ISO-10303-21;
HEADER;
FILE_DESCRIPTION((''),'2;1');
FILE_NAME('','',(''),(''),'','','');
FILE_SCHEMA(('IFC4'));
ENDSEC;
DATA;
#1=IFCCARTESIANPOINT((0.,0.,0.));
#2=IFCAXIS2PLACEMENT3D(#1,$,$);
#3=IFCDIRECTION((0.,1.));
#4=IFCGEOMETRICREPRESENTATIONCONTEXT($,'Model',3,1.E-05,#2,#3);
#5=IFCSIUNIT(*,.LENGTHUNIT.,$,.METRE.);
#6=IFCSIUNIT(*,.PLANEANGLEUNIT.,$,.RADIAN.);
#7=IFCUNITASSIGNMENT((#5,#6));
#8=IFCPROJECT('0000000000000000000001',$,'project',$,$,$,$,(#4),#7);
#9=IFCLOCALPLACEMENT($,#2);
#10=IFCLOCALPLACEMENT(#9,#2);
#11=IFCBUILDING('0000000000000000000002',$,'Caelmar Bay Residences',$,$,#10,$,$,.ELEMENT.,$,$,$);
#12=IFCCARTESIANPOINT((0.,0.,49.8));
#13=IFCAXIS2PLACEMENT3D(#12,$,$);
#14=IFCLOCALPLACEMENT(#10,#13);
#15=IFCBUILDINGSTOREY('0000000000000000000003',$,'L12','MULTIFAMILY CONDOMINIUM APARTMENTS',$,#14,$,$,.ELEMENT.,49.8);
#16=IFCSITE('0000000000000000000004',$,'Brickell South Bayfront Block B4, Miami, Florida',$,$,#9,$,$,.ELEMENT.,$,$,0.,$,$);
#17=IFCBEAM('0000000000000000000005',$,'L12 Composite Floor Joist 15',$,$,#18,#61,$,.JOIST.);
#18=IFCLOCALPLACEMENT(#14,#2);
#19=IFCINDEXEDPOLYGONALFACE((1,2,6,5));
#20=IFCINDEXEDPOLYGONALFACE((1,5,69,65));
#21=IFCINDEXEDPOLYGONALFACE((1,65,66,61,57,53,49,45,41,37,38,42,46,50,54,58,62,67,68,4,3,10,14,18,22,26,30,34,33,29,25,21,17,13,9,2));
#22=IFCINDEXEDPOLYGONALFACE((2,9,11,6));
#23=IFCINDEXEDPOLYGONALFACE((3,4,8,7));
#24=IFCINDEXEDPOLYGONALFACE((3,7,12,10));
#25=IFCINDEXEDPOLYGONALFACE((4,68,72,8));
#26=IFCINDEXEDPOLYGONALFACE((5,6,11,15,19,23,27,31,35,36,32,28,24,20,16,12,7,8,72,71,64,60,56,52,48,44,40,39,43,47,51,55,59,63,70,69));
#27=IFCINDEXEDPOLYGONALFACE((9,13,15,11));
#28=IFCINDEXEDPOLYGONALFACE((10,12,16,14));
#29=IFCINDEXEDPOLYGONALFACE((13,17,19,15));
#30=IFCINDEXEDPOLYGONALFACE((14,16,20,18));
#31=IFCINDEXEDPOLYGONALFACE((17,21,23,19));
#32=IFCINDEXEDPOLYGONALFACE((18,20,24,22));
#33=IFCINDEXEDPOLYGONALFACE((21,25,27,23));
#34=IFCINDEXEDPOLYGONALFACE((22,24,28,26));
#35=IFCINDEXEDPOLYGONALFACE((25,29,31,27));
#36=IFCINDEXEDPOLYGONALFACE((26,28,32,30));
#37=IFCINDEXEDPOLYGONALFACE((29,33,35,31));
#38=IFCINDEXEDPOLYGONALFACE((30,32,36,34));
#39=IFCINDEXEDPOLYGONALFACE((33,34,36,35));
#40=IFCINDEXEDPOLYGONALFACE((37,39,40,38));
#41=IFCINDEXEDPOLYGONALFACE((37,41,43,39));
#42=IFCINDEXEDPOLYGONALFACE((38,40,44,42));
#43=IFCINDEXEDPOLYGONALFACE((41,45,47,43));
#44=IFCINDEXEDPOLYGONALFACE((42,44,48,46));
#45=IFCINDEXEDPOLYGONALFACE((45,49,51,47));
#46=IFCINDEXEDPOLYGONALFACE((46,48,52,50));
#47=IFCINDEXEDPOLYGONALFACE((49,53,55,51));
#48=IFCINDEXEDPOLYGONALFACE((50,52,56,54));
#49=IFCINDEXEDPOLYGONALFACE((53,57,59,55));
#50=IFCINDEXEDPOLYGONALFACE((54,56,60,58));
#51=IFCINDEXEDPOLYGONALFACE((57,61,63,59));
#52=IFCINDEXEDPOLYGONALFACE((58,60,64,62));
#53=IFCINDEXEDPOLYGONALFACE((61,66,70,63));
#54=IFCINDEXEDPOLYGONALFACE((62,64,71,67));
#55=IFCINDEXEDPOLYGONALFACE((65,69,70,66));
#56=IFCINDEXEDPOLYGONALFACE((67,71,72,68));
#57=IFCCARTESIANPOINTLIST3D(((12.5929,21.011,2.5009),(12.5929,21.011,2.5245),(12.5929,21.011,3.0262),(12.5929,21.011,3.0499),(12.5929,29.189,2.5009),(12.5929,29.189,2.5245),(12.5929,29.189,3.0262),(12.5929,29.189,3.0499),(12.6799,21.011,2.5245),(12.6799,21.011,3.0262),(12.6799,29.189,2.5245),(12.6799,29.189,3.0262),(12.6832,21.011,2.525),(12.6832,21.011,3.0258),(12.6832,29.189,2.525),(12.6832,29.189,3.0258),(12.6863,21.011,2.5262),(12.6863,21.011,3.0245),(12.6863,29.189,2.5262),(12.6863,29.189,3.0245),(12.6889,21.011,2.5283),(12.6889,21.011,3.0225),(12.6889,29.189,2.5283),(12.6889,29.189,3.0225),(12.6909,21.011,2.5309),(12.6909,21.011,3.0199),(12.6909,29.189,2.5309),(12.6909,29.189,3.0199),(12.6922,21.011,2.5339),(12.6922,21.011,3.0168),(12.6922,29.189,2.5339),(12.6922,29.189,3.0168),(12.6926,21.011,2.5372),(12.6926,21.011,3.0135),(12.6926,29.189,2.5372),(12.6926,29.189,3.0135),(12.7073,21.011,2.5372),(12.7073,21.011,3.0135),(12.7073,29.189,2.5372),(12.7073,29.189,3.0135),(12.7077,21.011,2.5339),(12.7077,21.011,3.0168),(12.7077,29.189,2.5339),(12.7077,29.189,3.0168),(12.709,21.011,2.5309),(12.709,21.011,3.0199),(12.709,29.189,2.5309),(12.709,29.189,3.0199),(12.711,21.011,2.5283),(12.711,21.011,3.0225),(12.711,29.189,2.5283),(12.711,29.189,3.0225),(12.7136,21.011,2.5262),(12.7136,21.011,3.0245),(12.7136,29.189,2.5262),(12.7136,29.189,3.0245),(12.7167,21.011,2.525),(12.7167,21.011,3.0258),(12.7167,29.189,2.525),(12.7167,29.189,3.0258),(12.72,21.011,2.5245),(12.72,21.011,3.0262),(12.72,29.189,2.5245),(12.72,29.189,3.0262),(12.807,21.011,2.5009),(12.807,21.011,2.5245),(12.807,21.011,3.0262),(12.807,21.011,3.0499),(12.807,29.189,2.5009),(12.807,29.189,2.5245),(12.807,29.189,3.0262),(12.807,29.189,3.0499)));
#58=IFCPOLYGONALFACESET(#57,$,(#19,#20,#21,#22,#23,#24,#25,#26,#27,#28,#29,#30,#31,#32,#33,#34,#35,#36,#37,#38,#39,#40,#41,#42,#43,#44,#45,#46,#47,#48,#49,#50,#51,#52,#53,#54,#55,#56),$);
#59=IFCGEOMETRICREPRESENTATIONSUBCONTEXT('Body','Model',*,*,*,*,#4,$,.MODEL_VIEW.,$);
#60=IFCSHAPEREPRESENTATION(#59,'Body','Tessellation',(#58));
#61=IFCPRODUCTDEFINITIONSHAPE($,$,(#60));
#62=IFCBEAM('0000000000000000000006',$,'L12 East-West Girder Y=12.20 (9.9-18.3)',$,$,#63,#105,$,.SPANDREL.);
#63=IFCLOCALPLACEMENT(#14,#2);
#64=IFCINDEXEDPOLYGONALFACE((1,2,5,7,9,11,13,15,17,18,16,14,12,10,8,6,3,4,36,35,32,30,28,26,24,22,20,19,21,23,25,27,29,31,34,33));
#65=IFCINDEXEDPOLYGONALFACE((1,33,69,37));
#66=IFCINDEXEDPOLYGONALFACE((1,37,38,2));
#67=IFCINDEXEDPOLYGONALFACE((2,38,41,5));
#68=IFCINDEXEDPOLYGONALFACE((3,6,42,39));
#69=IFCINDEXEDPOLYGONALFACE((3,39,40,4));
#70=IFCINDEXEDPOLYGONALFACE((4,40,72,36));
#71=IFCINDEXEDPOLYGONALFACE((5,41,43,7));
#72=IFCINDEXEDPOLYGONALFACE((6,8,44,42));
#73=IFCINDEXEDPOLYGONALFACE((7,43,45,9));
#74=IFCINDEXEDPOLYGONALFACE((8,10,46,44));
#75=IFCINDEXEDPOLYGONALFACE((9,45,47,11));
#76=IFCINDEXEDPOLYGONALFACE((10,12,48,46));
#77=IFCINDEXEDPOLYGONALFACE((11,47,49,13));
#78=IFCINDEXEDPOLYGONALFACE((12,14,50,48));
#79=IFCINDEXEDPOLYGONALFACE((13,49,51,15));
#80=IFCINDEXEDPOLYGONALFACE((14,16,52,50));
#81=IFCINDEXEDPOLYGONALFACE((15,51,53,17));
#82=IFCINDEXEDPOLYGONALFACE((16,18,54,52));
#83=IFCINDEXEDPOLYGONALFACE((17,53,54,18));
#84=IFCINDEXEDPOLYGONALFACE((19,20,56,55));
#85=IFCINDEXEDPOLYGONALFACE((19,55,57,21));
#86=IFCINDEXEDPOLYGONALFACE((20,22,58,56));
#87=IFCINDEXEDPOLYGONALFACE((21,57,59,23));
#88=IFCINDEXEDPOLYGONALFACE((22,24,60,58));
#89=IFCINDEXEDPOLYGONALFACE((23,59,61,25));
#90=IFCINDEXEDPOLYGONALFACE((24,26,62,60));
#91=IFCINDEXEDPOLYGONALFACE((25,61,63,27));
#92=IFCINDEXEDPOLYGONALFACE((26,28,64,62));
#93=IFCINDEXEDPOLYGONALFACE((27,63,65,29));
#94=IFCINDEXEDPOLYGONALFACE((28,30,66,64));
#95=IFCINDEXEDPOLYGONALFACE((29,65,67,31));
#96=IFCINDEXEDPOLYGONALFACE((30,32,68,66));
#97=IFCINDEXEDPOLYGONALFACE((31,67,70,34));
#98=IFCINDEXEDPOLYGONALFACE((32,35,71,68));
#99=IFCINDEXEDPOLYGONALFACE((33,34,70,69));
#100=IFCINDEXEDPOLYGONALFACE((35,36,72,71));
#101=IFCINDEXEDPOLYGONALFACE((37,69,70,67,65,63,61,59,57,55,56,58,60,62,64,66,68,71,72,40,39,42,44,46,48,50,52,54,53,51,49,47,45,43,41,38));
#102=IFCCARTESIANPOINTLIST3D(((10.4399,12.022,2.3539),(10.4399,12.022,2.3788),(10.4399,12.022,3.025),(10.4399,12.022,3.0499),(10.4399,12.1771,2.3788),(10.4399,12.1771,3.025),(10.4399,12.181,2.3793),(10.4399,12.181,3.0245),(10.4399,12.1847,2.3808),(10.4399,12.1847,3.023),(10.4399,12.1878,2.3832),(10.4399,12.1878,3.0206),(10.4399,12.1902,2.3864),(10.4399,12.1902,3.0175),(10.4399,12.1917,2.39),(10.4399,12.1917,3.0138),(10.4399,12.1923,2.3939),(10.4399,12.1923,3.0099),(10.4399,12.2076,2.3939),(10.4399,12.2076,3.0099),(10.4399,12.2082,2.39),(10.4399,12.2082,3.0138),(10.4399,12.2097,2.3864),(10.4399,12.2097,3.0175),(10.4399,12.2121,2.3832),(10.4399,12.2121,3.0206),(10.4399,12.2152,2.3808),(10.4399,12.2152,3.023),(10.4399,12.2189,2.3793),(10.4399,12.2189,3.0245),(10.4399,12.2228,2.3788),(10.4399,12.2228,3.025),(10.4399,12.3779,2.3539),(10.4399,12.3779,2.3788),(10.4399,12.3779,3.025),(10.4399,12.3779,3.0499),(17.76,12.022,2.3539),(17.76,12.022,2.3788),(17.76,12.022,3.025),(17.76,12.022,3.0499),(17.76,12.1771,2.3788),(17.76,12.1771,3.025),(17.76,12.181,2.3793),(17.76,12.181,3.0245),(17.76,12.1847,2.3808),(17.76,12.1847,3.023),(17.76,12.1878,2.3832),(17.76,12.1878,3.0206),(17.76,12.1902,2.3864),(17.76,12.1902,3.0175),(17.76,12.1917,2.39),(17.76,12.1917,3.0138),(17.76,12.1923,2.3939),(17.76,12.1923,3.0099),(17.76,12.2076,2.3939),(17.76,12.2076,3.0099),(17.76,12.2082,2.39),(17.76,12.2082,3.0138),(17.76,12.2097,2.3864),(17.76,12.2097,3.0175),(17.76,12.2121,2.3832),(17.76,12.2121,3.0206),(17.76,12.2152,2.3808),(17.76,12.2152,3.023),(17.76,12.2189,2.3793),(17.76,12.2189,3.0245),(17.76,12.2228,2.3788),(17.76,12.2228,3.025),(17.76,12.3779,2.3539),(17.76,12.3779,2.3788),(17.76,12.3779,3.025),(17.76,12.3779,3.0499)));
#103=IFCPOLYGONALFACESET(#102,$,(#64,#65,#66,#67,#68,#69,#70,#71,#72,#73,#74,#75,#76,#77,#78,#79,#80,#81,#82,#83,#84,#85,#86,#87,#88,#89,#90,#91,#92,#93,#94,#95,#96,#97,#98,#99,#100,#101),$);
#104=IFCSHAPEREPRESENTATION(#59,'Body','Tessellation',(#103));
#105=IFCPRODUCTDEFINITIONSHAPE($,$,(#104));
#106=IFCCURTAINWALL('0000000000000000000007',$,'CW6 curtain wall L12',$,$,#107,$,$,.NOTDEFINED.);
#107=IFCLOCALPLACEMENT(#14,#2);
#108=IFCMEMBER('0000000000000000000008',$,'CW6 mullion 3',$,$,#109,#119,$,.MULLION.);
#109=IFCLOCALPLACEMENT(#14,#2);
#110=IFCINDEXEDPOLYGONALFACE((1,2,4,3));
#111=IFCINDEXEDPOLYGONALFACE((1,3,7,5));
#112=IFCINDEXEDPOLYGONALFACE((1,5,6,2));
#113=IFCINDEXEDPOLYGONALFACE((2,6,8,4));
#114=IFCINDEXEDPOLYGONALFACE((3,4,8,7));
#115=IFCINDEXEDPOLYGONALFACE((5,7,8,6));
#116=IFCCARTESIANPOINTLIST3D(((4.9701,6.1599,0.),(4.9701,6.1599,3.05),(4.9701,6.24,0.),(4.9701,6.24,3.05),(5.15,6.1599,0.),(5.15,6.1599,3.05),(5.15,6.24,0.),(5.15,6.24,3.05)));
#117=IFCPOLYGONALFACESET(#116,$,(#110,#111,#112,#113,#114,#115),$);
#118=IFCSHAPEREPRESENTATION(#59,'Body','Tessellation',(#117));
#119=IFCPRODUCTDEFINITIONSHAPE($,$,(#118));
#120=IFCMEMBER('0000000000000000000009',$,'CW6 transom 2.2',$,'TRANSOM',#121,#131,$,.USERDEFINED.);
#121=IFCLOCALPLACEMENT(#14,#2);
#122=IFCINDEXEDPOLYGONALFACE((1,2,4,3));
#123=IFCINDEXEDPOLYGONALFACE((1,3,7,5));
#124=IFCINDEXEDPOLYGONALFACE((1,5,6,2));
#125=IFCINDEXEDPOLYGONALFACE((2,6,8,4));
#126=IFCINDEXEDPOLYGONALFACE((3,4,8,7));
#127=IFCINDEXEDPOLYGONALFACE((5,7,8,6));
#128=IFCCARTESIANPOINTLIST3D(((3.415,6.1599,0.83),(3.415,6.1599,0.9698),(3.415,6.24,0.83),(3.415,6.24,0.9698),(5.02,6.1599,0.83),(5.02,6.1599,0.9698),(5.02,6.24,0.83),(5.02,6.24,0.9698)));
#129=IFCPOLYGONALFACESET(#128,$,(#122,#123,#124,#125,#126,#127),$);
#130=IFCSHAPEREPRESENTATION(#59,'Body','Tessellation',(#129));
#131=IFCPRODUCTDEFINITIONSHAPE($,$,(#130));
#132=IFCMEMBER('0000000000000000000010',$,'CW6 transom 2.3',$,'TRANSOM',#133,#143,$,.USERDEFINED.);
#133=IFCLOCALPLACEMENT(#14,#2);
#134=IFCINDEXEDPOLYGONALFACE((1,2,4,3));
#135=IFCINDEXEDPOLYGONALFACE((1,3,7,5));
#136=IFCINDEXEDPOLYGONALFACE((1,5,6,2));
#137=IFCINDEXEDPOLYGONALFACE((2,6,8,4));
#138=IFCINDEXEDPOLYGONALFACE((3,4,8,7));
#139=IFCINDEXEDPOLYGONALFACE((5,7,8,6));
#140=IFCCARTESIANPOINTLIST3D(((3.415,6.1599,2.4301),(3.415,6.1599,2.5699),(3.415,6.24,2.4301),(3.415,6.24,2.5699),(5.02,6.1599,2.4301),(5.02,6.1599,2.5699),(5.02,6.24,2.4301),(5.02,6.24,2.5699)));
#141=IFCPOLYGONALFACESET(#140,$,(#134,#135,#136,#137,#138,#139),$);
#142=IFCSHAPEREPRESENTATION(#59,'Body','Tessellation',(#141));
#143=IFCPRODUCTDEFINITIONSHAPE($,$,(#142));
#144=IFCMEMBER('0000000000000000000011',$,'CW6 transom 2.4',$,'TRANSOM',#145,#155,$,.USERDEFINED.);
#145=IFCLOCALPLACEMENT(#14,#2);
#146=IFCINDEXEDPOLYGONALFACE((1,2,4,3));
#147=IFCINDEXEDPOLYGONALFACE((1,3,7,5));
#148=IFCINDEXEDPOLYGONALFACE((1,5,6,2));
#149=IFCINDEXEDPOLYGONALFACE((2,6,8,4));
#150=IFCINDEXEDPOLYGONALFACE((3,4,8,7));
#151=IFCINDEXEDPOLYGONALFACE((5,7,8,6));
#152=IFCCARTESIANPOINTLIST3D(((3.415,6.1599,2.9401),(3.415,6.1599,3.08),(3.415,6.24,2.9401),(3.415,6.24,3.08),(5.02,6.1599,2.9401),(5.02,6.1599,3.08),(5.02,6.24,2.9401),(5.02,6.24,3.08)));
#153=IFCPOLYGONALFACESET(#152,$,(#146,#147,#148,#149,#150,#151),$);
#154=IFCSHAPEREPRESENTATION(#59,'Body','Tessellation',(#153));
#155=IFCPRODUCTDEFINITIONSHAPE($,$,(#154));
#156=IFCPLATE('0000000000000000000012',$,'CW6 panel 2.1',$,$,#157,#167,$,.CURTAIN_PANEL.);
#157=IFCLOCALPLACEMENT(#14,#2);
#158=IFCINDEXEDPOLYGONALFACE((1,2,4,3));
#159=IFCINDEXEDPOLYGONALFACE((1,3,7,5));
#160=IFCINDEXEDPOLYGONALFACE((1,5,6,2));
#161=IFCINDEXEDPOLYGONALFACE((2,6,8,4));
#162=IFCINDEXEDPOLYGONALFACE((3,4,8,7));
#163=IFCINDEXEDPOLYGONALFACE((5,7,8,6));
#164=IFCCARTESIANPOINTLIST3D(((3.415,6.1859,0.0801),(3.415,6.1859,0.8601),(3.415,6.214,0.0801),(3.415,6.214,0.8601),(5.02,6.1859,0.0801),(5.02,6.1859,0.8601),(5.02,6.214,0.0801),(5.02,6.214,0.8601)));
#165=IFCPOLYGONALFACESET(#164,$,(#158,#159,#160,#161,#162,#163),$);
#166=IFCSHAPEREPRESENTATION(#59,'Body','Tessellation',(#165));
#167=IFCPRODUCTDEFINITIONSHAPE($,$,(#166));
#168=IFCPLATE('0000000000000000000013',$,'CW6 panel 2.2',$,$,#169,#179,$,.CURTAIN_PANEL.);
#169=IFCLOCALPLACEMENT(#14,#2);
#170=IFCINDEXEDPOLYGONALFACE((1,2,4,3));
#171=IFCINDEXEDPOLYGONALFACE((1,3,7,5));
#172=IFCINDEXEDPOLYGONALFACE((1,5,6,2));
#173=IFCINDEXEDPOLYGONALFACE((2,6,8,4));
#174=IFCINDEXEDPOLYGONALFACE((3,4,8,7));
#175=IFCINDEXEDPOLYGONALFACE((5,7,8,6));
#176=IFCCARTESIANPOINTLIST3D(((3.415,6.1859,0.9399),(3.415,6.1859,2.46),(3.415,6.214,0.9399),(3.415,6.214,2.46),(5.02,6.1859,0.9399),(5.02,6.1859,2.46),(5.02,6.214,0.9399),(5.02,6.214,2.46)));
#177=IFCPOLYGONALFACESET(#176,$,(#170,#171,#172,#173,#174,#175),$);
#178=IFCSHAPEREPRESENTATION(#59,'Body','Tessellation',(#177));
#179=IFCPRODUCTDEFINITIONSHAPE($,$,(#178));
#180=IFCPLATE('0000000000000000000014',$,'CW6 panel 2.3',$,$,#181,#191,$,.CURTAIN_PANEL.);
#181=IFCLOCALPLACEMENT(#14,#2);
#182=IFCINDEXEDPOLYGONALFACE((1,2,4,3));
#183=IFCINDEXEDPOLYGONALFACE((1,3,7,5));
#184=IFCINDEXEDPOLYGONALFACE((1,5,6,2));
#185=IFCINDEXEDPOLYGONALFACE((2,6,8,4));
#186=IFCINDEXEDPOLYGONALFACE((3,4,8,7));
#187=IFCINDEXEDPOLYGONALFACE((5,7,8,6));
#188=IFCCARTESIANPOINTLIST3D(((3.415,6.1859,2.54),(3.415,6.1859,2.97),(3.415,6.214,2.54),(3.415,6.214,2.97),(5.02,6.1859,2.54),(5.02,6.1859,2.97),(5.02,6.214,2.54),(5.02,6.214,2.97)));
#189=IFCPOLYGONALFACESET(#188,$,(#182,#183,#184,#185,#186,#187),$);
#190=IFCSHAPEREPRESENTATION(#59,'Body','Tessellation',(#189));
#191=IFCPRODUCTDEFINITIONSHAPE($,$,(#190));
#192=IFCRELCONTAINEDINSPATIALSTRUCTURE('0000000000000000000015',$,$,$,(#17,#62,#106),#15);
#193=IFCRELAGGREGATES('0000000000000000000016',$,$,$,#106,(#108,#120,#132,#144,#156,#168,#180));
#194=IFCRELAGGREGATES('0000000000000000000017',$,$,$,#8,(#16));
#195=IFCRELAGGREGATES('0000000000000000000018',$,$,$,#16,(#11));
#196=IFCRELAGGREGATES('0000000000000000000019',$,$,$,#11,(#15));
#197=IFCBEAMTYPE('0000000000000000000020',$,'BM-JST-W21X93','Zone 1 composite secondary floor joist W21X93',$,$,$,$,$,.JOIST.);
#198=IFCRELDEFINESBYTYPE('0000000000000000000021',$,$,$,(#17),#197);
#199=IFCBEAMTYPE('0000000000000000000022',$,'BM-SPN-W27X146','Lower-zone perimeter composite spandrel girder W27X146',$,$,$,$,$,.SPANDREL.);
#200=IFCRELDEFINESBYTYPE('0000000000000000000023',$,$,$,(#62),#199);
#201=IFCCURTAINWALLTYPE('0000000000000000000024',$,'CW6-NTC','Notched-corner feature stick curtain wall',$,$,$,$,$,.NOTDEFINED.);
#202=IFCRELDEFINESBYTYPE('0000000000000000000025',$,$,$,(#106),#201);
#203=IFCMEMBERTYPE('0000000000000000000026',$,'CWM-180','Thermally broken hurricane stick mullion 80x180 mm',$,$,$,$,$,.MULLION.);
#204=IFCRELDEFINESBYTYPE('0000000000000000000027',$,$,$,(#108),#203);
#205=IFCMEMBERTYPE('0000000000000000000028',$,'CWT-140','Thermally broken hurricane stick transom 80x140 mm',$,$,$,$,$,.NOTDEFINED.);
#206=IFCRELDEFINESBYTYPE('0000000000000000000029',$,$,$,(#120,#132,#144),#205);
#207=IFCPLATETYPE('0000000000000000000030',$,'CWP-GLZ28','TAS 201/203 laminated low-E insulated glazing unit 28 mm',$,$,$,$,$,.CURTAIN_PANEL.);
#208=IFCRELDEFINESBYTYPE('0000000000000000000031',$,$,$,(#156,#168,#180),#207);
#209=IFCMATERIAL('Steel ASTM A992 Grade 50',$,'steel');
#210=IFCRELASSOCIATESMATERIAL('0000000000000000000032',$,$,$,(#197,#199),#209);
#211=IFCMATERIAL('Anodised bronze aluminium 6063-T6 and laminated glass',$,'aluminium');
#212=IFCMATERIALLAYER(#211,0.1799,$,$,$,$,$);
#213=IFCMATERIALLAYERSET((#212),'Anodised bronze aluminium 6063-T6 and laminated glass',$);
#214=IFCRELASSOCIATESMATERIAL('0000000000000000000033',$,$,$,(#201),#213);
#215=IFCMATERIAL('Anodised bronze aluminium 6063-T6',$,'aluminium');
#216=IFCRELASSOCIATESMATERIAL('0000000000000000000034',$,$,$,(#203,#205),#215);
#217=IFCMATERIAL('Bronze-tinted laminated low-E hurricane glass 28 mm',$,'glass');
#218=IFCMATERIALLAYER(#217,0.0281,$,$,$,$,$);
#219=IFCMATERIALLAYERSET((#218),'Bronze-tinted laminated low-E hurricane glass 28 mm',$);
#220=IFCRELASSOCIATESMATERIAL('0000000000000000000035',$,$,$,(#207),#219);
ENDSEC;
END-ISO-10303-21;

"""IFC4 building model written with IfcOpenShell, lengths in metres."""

from ifc_helpers import new_model, si_unit, direction, frame, origin, origin_2d, place, context, subcontext, project, spatial, rectangle, i_section, extrude, material, layer, layer_set, material_profile, profile_set, type_object, element, aggregate, save


model = new_model("IFC4")

# Units and contexts
model_context = context("Model", 3, precision=1e-05, world=origin(), true_north=direction((0.0, 1.0)))
body_context = subcontext(model_context, "Body", "Model", "MODEL_VIEW")
ifc_project = project(units=[si_unit("LENGTHUNIT", "METRE"), si_unit("PLANEANGLEUNIT", "RADIAN")], contexts=[model_context])

# Site, building, storey
site_placement = place(None, origin())
site = spatial("IfcSite", under=ifc_project, at=site_placement, Name="Brickell South Bayfront Block B4, Miami, Florida", CompositionType="ELEMENT", RefElevation=0.0)
building_placement = place(site_placement, origin())
building = spatial("IfcBuilding", under=site, at=building_placement, Name="Caelmar Bay Residences", CompositionType="ELEMENT")
storey_placement = place(building_placement, frame((0.0, 0.0, 49.8)))
storey = spatial("IfcBuildingStorey", under=building, at=storey_placement, Name="L12", Description="MULTIFAMILY CONDOMINIUM APARTMENTS", CompositionType="ELEMENT", Elevation=49.8)

# Beams
ifc_material_1 = material(Name="Steel ASTM A992 Grade 50", Category="steel")
ifc_material_profile_1 = material_profile(ifc_material_1, i_section(OverallWidth=0.2141, OverallDepth=0.5491, WebThickness=0.0146, FlangeThickness=0.0237, FilletRadius=0.0127, at=origin_2d()), Name="W21X93")
ifc_profile_set_1 = profile_set([ifc_material_profile_1], Name="Steel ASTM A992 Grade 50")
beam_type_1 = type_object("IfcBeamType", Name="BM-JST-W21X93", Description="Zone 1 composite secondary floor joist W21X93", PredefinedType="JOIST", material=ifc_profile_set_1)
beam_1_placement = place(storey_placement, frame((12.7, 21.011, 2.7754), z_axis=(0.0, 1.0, 0.0), x_axis=(-1.0, 0.0, 0.0)))
element("IfcBeam", 1, at=beam_1_placement, inside=storey, type_object=beam_type_1, Name="L12 Composite Floor Joist 15", PredefinedType="JOIST", context=body_context, shape_type="SweptSolid", body=[
    extrude(i_section(OverallWidth=0.2141, OverallDepth=0.5491, WebThickness=0.0146, FlangeThickness=0.0237, FilletRadius=0.0127, at=origin_2d()), origin(), (0.0, 0.0, 1.0), 8.178),
])
ifc_material_profile_2 = material_profile(ifc_material_1, i_section(OverallWidth=0.356, OverallDepth=0.696, WebThickness=0.0154, FlangeThickness=0.0249, FilletRadius=0.0151, at=origin_2d()), Name="W27X146")
ifc_profile_set_2 = profile_set([ifc_material_profile_2], Name="Steel ASTM A992 Grade 50")
beam_type_2 = type_object("IfcBeamType", Name="BM-SPN-W27X146", Description="Lower-zone perimeter composite spandrel girder W27X146", PredefinedType="SPANDREL", material=ifc_profile_set_2)
beam_2_placement = place(storey_placement, frame((10.4399, 12.2, 2.7019), z_axis=(1.0, 0.0, 0.0), x_axis=(0.0, 1.0, 0.0)))
element("IfcBeam", 2, at=beam_2_placement, inside=storey, type_object=beam_type_2, Name="L12 East-West Girder Y=12.20 (9.9-18.3)", PredefinedType="SPANDREL", context=body_context, shape_type="SweptSolid", body=[
    extrude(i_section(OverallWidth=0.356, OverallDepth=0.696, WebThickness=0.0154, FlangeThickness=0.0249, FilletRadius=0.0151, at=origin_2d()), origin(), (0.0, 0.0, 1.0), 7.3201),
])

# Curtain wall, members, plates
ifc_material_2 = material(Name="Anodised bronze aluminium 6063-T6 and laminated glass", Category="aluminium")
ifc_layer_1 = layer(ifc_material_2, 0.1799)
ifc_layer_set_1 = layer_set([ifc_layer_1], Name="Anodised bronze aluminium 6063-T6 and laminated glass")
curtain_wall_type = type_object("IfcCurtainWallType", Name="CW6-NTC", Description="Notched-corner feature stick curtain wall", PredefinedType="NOTDEFINED", material=ifc_layer_set_1)
curtain_wall_placement = place(storey_placement, origin())
curtain_wall = element("IfcCurtainWall", 3, at=curtain_wall_placement, inside=storey, type_object=curtain_wall_type, Name="CW6 curtain wall L12", PredefinedType="NOTDEFINED")
ifc_material_3 = material(Name="Anodised bronze aluminium 6063-T6", Category="aluminium")
ifc_material_profile_3 = material_profile(ifc_material_3, rectangle(XDim=0.0801, YDim=0.1799, at=origin_2d()), Name="CWM-80X180")
ifc_profile_set_3 = profile_set([ifc_material_profile_3], Name="Anodised bronze aluminium 6063-T6")
member_type_1 = type_object("IfcMemberType", Name="CWM-180", Description="Thermally broken hurricane stick mullion 80x180 mm", PredefinedType="MULLION", material=ifc_profile_set_3)
member_1_placement = place(storey_placement, frame((5.0601, 6.2, 0.0), z_axis=(0.0, 0.0, 1.0), x_axis=(0.0, 1.0, 0.0)))
member_1 = element("IfcMember", 4, at=member_1_placement, type_object=member_type_1, Name="CW6 mullion 3", PredefinedType="MULLION", context=body_context, shape_type="SweptSolid", body=[
    extrude(rectangle(XDim=0.0801, YDim=0.1799, at=origin_2d()), origin(), (0.0, 0.0, 1.0), 3.05),
])
ifc_material_profile_4 = material_profile(ifc_material_3, rectangle(XDim=0.0801, YDim=0.1399, at=origin_2d()), Name="CWT-80X140")
ifc_profile_set_4 = profile_set([ifc_material_profile_4], Name="Anodised bronze aluminium 6063-T6")
member_type_2 = type_object("IfcMemberType", Name="CWT-140", Description="Thermally broken hurricane stick transom 80x140 mm", PredefinedType="NOTDEFINED", material=ifc_profile_set_4)
member_2_placement = place(storey_placement, frame((3.415, 6.2, 0.8999), z_axis=(1.0, 0.0, 0.0), x_axis=(0.0, 1.0, 0.0)))
member_2 = element("IfcMember", 5, at=member_2_placement, type_object=member_type_2, Name="CW6 transom 2.2", ObjectType="TRANSOM", PredefinedType="USERDEFINED", context=body_context, shape_type="SweptSolid", body=[
    extrude(rectangle(XDim=0.0801, YDim=0.1399, at=origin_2d()), origin(), (0.0, 0.0, 1.0), 1.605),
])
member_3_placement = place(storey_placement, frame((3.415, 6.2, 2.5), z_axis=(1.0, 0.0, 0.0), x_axis=(0.0, 1.0, 0.0)))
member_3 = element("IfcMember", 6, at=member_3_placement, type_object=member_type_2, Name="CW6 transom 2.3", ObjectType="TRANSOM", PredefinedType="USERDEFINED", context=body_context, shape_type="SweptSolid", body=[
    extrude(rectangle(XDim=0.0801, YDim=0.1399, at=origin_2d()), origin(), (0.0, 0.0, 1.0), 1.605),
])
member_4_placement = place(storey_placement, frame((3.415, 6.2, 3.01), z_axis=(1.0, 0.0, 0.0), x_axis=(0.0, 1.0, 0.0)))
member_4 = element("IfcMember", 7, at=member_4_placement, type_object=member_type_2, Name="CW6 transom 2.4", ObjectType="TRANSOM", PredefinedType="USERDEFINED", context=body_context, shape_type="SweptSolid", body=[
    extrude(rectangle(XDim=0.0801, YDim=0.1399, at=origin_2d()), origin(), (0.0, 0.0, 1.0), 1.605),
])
ifc_material_4 = material(Name="Bronze-tinted laminated low-E hurricane glass 28 mm", Category="glass")
ifc_layer_2 = layer(ifc_material_4, 0.0281)
ifc_layer_set_2 = layer_set([ifc_layer_2], Name="Bronze-tinted laminated low-E hurricane glass 28 mm")
plate_type = type_object("IfcPlateType", Name="CWP-GLZ28", Description="TAS 201/203 laminated low-E insulated glazing unit 28 mm", PredefinedType="CURTAIN_PANEL", material=ifc_layer_set_2)
plate_1_placement = place(storey_placement, frame((4.2175, 6.2, 0.0801), z_axis=(0.0, 0.0, 1.0), x_axis=(1.0, 0.0, 0.0)))
plate_1 = element("IfcPlate", 8, at=plate_1_placement, type_object=plate_type, Name="CW6 panel 2.1", PredefinedType="CURTAIN_PANEL", context=body_context, shape_type="SweptSolid", body=[
    extrude(rectangle(XDim=1.605, YDim=0.0281, at=origin_2d()), origin(), (0.0, 0.0, 1.0), 0.78),
])
plate_2_placement = place(storey_placement, frame((4.2175, 6.2, 0.9399), z_axis=(0.0, 0.0, 1.0), x_axis=(1.0, 0.0, 0.0)))
plate_2 = element("IfcPlate", 9, at=plate_2_placement, type_object=plate_type, Name="CW6 panel 2.2", PredefinedType="CURTAIN_PANEL", context=body_context, shape_type="SweptSolid", body=[
    extrude(rectangle(XDim=1.605, YDim=0.0281, at=origin_2d()), origin(), (0.0, 0.0, 1.0), 1.52),
])
plate_3_placement = place(storey_placement, frame((4.2175, 6.2, 2.54), z_axis=(0.0, 0.0, 1.0), x_axis=(1.0, 0.0, 0.0)))
plate_3 = element("IfcPlate", 10, at=plate_3_placement, type_object=plate_type, Name="CW6 panel 2.3", PredefinedType="CURTAIN_PANEL", context=body_context, shape_type="SweptSolid", body=[
    extrude(rectangle(XDim=1.605, YDim=0.0281, at=origin_2d()), origin(), (0.0, 0.0, 1.0), 0.4299),
])
aggregate(curtain_wall, [member_1, member_2, member_3, member_4, plate_1, plate_2, plate_3])

save(model, "model.ifc")
